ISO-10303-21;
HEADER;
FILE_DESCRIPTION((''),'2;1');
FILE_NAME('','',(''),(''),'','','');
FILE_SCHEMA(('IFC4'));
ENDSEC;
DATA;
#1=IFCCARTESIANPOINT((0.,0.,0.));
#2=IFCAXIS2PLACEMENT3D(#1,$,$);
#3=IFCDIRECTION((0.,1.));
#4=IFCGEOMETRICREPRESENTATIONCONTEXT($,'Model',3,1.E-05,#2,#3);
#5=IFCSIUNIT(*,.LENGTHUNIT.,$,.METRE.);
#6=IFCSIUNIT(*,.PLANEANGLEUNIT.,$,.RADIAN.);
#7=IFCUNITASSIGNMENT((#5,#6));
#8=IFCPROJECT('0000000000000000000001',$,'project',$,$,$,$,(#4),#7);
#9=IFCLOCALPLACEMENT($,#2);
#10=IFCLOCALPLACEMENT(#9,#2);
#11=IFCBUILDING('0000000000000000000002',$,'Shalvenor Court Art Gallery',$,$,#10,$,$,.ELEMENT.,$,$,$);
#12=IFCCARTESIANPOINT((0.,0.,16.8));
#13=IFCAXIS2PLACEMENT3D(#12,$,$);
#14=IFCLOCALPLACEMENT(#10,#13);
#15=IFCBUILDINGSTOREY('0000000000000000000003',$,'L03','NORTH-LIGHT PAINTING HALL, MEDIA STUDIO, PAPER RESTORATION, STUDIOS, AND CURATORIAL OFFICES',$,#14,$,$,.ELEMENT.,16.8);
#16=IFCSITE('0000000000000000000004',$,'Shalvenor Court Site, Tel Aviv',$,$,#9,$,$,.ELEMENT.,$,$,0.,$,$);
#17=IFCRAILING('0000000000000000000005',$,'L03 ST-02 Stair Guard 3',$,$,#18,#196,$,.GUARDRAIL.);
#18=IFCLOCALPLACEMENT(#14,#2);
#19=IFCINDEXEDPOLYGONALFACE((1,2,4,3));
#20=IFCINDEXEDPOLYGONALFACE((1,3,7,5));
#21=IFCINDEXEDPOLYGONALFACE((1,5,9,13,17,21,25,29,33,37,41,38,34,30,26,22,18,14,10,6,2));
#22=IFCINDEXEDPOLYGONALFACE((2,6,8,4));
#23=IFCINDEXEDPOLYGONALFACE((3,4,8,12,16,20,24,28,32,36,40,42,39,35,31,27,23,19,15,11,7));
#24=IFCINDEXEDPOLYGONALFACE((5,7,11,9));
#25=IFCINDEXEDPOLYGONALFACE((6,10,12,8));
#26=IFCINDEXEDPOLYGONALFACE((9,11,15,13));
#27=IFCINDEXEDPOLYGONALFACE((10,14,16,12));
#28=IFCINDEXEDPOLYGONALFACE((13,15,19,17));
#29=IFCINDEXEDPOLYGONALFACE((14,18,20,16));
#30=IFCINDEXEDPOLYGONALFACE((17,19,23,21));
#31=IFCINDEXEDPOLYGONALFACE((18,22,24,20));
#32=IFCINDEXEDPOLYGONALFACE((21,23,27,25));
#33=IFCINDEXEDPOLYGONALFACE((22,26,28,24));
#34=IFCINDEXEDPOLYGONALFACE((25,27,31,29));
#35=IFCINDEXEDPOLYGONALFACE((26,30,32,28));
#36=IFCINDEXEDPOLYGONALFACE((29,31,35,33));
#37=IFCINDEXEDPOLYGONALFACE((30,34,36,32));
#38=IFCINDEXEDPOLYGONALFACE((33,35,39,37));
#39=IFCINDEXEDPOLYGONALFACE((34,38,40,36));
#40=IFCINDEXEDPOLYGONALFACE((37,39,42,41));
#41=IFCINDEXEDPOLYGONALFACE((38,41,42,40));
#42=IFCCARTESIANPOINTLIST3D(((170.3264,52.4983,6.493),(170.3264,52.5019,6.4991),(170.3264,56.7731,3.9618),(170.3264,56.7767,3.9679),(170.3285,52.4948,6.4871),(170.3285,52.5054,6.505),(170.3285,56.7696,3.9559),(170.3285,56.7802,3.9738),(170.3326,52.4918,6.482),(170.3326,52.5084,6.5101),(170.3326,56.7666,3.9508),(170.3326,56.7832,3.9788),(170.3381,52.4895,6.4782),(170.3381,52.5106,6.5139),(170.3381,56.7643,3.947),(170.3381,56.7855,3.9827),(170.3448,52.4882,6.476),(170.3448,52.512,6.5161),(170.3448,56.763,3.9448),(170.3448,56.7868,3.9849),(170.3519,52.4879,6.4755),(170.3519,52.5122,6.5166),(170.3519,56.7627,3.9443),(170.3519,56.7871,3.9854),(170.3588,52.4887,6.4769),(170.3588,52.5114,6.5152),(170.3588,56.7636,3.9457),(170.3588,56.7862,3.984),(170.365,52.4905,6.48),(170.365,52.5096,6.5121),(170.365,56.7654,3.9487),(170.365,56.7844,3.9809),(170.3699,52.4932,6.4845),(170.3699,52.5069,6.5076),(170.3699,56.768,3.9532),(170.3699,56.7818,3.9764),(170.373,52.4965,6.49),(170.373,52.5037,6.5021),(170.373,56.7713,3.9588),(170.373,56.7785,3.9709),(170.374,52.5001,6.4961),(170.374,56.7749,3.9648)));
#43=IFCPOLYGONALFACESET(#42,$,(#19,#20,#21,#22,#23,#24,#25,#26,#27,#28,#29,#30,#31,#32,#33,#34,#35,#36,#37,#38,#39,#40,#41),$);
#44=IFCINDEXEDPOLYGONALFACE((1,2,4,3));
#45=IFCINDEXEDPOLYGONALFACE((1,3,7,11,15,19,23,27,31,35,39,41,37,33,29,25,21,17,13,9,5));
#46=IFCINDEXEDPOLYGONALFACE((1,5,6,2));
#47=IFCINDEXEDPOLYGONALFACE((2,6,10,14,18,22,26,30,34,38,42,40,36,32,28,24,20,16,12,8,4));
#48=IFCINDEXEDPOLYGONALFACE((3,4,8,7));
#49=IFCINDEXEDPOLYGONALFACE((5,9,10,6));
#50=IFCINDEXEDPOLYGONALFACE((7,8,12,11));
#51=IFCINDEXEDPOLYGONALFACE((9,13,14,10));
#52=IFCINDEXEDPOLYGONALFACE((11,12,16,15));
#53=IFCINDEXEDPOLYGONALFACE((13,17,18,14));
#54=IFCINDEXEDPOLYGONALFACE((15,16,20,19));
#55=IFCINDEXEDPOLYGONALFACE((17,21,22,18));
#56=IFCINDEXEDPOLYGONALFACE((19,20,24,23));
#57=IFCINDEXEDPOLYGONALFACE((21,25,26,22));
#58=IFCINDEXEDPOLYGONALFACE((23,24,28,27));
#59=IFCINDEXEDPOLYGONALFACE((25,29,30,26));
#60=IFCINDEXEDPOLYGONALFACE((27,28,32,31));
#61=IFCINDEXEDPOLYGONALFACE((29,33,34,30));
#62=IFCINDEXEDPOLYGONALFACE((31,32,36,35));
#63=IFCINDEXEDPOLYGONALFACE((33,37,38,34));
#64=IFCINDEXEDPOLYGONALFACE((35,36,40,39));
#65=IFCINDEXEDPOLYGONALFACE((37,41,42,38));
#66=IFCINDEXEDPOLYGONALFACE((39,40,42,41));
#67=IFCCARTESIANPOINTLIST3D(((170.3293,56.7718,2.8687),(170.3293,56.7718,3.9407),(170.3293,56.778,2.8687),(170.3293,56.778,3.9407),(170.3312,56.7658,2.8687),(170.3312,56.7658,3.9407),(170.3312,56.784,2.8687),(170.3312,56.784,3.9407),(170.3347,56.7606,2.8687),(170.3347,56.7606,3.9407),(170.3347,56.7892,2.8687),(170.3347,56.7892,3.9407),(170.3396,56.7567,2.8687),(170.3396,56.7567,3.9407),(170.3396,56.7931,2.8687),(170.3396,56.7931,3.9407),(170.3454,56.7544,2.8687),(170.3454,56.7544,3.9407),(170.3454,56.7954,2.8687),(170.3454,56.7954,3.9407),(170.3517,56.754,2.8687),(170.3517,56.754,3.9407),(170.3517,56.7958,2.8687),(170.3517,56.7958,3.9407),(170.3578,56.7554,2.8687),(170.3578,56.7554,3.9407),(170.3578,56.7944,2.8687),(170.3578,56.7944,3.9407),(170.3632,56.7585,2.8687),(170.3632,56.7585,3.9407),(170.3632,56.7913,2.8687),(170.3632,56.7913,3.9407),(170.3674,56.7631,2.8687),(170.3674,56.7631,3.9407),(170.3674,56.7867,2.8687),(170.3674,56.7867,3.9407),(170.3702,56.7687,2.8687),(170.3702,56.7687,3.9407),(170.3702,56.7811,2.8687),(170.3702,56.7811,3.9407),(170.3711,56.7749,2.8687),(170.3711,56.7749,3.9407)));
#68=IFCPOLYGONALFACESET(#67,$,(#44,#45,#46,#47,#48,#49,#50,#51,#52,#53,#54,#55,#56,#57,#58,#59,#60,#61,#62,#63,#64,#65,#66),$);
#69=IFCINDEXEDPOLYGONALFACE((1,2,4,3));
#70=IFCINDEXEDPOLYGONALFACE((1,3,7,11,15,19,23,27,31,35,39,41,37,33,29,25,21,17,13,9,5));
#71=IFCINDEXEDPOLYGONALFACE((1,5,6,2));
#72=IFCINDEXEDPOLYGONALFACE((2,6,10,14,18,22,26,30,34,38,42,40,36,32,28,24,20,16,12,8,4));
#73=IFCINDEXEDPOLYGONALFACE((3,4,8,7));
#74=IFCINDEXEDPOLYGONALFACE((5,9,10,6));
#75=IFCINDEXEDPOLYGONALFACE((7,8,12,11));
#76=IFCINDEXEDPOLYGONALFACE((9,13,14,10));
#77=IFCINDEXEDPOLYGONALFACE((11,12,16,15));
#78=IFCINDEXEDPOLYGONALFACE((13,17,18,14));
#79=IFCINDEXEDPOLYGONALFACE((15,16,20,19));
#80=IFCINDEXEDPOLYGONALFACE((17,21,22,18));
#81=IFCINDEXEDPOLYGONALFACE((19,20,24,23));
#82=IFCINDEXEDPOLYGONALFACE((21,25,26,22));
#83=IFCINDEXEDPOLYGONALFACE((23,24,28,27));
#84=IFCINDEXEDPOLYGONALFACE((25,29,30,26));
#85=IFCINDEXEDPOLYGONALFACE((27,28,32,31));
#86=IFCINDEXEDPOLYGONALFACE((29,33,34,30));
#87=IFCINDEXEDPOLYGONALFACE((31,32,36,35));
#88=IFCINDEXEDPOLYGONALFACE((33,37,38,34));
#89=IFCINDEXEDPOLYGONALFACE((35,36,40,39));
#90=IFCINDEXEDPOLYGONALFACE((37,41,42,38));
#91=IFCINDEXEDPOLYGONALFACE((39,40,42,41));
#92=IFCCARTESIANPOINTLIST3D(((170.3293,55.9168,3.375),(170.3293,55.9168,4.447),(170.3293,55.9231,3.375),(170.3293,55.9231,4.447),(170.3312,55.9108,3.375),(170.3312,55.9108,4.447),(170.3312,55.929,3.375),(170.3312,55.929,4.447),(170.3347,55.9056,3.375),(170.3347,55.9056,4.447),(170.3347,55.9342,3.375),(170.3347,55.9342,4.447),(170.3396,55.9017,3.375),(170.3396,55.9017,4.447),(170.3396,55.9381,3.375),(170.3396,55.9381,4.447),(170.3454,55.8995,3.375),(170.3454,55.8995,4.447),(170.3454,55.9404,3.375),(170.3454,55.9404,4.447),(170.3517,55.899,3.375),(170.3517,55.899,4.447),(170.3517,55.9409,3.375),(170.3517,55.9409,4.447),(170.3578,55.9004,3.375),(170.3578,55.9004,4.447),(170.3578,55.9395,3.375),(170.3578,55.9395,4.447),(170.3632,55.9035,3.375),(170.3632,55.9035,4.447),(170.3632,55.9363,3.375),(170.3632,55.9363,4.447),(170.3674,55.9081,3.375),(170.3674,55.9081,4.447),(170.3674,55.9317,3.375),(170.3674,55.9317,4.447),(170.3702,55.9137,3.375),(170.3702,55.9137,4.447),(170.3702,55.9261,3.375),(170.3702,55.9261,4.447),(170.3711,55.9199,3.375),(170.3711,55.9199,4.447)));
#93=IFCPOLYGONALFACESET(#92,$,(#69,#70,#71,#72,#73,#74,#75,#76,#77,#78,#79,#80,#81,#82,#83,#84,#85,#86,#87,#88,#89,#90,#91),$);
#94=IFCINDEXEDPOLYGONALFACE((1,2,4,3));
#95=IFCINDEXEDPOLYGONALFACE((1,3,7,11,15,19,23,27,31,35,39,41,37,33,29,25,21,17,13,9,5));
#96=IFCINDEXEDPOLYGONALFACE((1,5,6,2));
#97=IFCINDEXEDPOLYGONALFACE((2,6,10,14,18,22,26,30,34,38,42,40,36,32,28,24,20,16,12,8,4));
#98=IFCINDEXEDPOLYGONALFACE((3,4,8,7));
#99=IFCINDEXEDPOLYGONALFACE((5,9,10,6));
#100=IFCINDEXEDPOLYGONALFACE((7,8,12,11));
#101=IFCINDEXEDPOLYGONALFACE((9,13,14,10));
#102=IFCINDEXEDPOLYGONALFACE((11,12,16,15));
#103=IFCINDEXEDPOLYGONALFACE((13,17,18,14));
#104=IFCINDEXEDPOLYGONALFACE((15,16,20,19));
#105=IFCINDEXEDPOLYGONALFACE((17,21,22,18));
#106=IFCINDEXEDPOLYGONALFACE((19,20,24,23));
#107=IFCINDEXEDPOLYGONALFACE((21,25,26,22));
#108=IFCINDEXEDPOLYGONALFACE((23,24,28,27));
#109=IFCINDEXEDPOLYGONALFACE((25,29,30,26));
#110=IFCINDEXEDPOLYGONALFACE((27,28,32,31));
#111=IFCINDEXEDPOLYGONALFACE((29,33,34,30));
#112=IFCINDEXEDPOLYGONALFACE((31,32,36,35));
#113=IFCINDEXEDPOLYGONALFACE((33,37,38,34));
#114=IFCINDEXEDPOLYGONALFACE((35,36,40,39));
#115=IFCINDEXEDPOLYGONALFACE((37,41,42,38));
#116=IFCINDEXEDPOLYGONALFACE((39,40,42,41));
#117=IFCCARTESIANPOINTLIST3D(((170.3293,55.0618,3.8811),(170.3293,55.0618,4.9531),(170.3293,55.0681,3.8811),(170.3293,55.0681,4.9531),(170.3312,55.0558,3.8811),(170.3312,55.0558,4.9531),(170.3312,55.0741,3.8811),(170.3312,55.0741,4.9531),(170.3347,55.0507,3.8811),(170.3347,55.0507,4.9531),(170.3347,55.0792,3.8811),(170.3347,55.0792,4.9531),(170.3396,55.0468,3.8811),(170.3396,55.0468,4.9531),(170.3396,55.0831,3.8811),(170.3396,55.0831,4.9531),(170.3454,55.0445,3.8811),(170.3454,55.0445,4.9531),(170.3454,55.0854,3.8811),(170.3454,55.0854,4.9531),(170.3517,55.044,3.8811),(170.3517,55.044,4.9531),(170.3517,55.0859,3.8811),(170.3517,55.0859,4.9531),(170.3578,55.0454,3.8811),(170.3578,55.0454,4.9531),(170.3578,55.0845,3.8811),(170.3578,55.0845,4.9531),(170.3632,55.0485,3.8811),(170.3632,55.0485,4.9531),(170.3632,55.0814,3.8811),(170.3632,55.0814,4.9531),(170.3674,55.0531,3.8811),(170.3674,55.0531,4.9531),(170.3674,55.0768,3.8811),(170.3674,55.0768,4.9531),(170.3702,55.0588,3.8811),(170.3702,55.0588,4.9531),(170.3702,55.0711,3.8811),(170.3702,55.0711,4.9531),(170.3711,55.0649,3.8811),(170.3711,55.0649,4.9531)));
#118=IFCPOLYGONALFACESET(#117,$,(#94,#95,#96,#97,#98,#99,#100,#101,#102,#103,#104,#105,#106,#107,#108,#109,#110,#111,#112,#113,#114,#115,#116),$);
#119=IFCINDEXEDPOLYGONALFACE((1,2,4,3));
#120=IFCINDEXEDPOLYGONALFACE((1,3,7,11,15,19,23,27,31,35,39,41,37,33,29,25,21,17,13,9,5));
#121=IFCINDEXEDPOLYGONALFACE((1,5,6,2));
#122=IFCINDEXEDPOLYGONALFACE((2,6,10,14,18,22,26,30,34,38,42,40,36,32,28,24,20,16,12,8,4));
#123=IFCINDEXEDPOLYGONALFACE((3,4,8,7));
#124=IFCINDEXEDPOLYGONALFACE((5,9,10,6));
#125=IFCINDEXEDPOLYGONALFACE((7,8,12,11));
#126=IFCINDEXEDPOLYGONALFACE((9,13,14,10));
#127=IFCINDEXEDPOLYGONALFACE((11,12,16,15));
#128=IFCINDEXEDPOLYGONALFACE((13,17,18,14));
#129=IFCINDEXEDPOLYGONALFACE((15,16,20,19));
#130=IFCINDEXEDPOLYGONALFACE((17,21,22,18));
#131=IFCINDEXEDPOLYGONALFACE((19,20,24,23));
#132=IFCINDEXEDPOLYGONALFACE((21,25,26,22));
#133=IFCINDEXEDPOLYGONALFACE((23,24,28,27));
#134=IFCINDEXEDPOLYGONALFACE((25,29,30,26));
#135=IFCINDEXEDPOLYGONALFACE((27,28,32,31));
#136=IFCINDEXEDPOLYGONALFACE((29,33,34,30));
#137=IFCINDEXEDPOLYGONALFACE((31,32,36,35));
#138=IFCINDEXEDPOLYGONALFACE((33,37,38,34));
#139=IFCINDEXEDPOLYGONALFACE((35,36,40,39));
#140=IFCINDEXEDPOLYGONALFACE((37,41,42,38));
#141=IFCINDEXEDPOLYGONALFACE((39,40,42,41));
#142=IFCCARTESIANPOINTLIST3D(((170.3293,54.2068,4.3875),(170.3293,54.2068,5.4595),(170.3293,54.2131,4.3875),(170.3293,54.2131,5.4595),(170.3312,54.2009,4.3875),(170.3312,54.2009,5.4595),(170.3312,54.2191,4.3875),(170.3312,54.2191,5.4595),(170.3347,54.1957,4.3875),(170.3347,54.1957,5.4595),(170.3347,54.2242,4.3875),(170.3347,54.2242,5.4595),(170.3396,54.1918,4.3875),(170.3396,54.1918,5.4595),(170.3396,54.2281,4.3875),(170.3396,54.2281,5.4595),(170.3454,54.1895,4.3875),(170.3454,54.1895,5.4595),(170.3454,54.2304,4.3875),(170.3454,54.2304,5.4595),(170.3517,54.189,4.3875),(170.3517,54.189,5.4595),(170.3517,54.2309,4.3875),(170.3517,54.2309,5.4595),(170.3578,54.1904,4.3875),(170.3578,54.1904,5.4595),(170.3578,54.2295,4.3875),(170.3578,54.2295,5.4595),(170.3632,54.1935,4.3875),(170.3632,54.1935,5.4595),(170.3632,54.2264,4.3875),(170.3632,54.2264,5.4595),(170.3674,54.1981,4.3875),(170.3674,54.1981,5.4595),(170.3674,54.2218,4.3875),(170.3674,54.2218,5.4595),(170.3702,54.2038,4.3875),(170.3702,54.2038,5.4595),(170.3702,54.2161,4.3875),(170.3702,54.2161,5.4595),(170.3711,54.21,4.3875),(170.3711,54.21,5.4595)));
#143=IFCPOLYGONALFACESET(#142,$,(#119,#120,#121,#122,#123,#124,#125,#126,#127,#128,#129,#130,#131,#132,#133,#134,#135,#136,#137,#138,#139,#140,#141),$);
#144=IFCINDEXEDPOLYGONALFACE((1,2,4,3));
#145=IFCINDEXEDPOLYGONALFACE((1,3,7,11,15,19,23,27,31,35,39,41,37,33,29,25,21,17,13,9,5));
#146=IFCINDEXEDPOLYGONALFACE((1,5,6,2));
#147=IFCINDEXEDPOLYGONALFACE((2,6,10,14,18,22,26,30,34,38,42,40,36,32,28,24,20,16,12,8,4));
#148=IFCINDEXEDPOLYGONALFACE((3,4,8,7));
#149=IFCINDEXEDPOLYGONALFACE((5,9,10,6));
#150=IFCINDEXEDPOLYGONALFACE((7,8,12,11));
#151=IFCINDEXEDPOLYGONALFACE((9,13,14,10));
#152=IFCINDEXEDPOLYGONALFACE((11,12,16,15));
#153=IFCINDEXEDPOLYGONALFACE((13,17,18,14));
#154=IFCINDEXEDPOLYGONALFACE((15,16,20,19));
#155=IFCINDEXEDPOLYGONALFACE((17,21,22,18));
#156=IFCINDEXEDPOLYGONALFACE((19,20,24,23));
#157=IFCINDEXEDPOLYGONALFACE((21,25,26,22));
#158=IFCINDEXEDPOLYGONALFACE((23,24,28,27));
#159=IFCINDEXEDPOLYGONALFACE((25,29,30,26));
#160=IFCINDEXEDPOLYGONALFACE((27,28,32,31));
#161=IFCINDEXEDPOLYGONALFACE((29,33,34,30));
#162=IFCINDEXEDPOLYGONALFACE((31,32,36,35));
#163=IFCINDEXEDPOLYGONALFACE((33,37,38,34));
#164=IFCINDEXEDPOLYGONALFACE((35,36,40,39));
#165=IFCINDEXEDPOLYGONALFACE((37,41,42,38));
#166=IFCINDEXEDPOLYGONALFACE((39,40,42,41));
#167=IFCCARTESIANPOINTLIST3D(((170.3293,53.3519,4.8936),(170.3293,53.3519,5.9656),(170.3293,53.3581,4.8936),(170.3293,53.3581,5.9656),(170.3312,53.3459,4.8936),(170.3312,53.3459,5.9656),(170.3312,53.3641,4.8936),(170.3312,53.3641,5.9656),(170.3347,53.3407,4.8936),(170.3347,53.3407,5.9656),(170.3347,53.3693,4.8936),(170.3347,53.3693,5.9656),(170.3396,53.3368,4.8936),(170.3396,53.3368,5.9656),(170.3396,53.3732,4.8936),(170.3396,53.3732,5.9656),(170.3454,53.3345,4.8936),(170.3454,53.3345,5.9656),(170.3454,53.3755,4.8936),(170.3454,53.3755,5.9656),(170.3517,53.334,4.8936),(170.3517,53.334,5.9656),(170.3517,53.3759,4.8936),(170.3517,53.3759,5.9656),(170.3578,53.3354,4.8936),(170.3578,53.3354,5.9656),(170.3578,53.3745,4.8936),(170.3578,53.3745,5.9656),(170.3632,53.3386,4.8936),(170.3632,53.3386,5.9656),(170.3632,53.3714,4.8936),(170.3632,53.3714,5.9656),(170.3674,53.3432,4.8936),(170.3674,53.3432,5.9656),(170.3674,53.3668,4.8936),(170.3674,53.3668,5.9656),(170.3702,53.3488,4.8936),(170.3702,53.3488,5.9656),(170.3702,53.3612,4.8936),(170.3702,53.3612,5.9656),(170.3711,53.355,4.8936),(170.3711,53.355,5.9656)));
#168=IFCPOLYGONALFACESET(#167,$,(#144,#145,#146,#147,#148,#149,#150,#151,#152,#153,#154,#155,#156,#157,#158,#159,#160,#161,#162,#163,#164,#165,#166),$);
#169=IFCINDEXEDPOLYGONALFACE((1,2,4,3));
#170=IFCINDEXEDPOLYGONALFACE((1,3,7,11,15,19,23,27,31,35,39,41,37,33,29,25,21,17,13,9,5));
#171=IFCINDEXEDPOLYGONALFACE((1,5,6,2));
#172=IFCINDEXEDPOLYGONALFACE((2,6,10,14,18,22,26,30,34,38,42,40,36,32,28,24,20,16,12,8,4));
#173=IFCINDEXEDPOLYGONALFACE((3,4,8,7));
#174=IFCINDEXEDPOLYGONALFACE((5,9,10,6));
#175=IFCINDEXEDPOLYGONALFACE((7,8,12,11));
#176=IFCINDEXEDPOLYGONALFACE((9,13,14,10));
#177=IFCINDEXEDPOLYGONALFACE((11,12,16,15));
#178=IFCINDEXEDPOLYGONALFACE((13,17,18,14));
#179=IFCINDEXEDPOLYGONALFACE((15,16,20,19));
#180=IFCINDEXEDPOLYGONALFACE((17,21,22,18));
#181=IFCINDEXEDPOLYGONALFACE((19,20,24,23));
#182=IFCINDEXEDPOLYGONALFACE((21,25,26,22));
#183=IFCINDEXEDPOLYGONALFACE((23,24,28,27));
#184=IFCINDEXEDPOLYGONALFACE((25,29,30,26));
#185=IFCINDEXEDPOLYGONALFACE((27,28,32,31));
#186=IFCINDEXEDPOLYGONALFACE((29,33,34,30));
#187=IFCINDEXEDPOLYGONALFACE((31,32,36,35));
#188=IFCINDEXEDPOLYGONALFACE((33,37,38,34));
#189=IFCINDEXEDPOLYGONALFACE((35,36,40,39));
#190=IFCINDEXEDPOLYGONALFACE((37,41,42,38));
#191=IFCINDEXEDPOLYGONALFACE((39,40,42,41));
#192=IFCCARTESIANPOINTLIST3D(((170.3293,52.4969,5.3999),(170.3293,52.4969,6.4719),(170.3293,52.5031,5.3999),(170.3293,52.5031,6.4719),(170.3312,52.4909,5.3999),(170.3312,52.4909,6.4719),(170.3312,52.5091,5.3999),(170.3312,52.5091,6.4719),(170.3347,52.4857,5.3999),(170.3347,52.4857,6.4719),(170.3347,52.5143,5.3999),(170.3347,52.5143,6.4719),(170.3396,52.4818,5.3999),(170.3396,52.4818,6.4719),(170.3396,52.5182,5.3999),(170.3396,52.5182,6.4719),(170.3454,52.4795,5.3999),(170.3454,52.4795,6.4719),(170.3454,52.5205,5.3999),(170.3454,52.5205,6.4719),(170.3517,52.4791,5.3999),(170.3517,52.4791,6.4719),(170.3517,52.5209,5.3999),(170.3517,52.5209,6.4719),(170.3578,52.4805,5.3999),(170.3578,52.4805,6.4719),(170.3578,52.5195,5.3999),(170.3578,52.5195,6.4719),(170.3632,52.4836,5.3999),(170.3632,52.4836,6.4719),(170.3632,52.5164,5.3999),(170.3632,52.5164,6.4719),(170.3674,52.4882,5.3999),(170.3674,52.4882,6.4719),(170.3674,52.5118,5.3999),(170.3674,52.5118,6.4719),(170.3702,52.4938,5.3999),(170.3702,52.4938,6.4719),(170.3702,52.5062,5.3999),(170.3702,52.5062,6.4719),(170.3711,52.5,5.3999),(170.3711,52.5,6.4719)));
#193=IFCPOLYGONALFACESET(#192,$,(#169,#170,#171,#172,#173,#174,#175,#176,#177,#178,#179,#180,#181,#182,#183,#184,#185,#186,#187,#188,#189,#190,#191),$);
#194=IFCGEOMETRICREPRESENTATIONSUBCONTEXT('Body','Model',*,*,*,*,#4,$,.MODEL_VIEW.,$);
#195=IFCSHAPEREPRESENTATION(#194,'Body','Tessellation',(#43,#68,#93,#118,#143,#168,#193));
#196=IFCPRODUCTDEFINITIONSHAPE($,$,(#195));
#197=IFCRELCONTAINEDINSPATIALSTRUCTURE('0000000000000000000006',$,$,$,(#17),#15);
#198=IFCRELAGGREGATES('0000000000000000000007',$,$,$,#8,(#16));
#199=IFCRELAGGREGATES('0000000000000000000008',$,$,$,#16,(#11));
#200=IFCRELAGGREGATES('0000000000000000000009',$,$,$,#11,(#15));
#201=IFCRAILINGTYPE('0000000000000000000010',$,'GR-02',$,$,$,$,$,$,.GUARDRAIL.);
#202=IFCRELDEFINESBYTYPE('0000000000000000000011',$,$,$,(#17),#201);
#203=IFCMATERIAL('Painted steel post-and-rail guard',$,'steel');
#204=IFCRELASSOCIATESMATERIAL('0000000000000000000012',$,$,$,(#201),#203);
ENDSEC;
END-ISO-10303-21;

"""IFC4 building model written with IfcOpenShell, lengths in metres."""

from ifc_helpers import new_model, si_unit, direction, frame, origin, origin_2d, place, context, subcontext, project, spatial, circle, extrude, material, type_object, element, save


model = new_model("IFC4")

# Units and contexts
model_context = context("Model", 3, precision=1e-05, world=origin(), true_north=direction((0.0, 1.0)))
body_context = subcontext(model_context, "Body", "Model", "MODEL_VIEW")
ifc_project = project(units=[si_unit("LENGTHUNIT", "METRE"), si_unit("PLANEANGLEUNIT", "RADIAN")], contexts=[model_context])

# Site, building, storey
site_placement = place(None, origin())
site = spatial("IfcSite", under=ifc_project, at=site_placement, Name="Shalvenor Court Site, Tel Aviv", CompositionType="ELEMENT", RefElevation=0.0)
building_placement = place(site_placement, origin())
building = spatial("IfcBuilding", under=site, at=building_placement, Name="Shalvenor Court Art Gallery", CompositionType="ELEMENT")
storey_placement = place(building_placement, frame((0.0, 0.0, 16.8)))
storey = spatial("IfcBuildingStorey", under=building, at=storey_placement, Name="L03", Description="NORTH-LIGHT PAINTING HALL, MEDIA STUDIO, PAPER RESTORATION, STUDIOS, AND CURATORIAL OFFICES", CompositionType="ELEMENT", Elevation=16.8)

# Railing
ifc_material_1 = material(Name="Painted steel post-and-rail guard", Category="steel")
railing_type_1 = type_object("IfcRailingType", Name="GR-02", PredefinedType="GUARDRAIL", material=ifc_material_1)
railing_1_placement = place(storey_placement, frame((170.3501, 56.7749, 2.8687)))
element("IfcRailing", 1, at=railing_1_placement, inside=storey, type_object=railing_type_1, Name="L03 ST-02 Stair Guard 3", PredefinedType="GUARDRAIL", context=body_context, shape_type="SweptSolid", body=[
    extrude(circle(Radius=0.0239, at=origin_2d()), frame((0.0, 0.0, 1.0962), z_axis=(0.0, -0.86047, 0.509501), x_axis=(1.0, 0.0, 0.0)), (0.0, 0.0, 1.0), 4.968),
    extrude(circle(Radius=0.021, at=origin_2d()), origin(), (0.0, 0.0, 1.0), 1.072),
    extrude(circle(Radius=0.021, at=origin_2d()), frame((0.0, -0.855, 0.5063)), (0.0, 0.0, 1.0), 1.072),
    extrude(circle(Radius=0.021, at=origin_2d()), frame((0.0, -1.71, 1.0125)), (0.0, 0.0, 1.0), 1.072),
    extrude(circle(Radius=0.021, at=origin_2d()), frame((0.0, -2.5649, 1.5188)), (0.0, 0.0, 1.0), 1.072),
    extrude(circle(Radius=0.021, at=origin_2d()), frame((0.0, -3.4199, 2.0249)), (0.0, 0.0, 1.0), 1.072),
    extrude(circle(Radius=0.021, at=origin_2d()), frame((0.0, -4.2749, 2.5312)), (0.0, 0.0, 1.0), 1.072),
])

save(model, "model.ifc")
